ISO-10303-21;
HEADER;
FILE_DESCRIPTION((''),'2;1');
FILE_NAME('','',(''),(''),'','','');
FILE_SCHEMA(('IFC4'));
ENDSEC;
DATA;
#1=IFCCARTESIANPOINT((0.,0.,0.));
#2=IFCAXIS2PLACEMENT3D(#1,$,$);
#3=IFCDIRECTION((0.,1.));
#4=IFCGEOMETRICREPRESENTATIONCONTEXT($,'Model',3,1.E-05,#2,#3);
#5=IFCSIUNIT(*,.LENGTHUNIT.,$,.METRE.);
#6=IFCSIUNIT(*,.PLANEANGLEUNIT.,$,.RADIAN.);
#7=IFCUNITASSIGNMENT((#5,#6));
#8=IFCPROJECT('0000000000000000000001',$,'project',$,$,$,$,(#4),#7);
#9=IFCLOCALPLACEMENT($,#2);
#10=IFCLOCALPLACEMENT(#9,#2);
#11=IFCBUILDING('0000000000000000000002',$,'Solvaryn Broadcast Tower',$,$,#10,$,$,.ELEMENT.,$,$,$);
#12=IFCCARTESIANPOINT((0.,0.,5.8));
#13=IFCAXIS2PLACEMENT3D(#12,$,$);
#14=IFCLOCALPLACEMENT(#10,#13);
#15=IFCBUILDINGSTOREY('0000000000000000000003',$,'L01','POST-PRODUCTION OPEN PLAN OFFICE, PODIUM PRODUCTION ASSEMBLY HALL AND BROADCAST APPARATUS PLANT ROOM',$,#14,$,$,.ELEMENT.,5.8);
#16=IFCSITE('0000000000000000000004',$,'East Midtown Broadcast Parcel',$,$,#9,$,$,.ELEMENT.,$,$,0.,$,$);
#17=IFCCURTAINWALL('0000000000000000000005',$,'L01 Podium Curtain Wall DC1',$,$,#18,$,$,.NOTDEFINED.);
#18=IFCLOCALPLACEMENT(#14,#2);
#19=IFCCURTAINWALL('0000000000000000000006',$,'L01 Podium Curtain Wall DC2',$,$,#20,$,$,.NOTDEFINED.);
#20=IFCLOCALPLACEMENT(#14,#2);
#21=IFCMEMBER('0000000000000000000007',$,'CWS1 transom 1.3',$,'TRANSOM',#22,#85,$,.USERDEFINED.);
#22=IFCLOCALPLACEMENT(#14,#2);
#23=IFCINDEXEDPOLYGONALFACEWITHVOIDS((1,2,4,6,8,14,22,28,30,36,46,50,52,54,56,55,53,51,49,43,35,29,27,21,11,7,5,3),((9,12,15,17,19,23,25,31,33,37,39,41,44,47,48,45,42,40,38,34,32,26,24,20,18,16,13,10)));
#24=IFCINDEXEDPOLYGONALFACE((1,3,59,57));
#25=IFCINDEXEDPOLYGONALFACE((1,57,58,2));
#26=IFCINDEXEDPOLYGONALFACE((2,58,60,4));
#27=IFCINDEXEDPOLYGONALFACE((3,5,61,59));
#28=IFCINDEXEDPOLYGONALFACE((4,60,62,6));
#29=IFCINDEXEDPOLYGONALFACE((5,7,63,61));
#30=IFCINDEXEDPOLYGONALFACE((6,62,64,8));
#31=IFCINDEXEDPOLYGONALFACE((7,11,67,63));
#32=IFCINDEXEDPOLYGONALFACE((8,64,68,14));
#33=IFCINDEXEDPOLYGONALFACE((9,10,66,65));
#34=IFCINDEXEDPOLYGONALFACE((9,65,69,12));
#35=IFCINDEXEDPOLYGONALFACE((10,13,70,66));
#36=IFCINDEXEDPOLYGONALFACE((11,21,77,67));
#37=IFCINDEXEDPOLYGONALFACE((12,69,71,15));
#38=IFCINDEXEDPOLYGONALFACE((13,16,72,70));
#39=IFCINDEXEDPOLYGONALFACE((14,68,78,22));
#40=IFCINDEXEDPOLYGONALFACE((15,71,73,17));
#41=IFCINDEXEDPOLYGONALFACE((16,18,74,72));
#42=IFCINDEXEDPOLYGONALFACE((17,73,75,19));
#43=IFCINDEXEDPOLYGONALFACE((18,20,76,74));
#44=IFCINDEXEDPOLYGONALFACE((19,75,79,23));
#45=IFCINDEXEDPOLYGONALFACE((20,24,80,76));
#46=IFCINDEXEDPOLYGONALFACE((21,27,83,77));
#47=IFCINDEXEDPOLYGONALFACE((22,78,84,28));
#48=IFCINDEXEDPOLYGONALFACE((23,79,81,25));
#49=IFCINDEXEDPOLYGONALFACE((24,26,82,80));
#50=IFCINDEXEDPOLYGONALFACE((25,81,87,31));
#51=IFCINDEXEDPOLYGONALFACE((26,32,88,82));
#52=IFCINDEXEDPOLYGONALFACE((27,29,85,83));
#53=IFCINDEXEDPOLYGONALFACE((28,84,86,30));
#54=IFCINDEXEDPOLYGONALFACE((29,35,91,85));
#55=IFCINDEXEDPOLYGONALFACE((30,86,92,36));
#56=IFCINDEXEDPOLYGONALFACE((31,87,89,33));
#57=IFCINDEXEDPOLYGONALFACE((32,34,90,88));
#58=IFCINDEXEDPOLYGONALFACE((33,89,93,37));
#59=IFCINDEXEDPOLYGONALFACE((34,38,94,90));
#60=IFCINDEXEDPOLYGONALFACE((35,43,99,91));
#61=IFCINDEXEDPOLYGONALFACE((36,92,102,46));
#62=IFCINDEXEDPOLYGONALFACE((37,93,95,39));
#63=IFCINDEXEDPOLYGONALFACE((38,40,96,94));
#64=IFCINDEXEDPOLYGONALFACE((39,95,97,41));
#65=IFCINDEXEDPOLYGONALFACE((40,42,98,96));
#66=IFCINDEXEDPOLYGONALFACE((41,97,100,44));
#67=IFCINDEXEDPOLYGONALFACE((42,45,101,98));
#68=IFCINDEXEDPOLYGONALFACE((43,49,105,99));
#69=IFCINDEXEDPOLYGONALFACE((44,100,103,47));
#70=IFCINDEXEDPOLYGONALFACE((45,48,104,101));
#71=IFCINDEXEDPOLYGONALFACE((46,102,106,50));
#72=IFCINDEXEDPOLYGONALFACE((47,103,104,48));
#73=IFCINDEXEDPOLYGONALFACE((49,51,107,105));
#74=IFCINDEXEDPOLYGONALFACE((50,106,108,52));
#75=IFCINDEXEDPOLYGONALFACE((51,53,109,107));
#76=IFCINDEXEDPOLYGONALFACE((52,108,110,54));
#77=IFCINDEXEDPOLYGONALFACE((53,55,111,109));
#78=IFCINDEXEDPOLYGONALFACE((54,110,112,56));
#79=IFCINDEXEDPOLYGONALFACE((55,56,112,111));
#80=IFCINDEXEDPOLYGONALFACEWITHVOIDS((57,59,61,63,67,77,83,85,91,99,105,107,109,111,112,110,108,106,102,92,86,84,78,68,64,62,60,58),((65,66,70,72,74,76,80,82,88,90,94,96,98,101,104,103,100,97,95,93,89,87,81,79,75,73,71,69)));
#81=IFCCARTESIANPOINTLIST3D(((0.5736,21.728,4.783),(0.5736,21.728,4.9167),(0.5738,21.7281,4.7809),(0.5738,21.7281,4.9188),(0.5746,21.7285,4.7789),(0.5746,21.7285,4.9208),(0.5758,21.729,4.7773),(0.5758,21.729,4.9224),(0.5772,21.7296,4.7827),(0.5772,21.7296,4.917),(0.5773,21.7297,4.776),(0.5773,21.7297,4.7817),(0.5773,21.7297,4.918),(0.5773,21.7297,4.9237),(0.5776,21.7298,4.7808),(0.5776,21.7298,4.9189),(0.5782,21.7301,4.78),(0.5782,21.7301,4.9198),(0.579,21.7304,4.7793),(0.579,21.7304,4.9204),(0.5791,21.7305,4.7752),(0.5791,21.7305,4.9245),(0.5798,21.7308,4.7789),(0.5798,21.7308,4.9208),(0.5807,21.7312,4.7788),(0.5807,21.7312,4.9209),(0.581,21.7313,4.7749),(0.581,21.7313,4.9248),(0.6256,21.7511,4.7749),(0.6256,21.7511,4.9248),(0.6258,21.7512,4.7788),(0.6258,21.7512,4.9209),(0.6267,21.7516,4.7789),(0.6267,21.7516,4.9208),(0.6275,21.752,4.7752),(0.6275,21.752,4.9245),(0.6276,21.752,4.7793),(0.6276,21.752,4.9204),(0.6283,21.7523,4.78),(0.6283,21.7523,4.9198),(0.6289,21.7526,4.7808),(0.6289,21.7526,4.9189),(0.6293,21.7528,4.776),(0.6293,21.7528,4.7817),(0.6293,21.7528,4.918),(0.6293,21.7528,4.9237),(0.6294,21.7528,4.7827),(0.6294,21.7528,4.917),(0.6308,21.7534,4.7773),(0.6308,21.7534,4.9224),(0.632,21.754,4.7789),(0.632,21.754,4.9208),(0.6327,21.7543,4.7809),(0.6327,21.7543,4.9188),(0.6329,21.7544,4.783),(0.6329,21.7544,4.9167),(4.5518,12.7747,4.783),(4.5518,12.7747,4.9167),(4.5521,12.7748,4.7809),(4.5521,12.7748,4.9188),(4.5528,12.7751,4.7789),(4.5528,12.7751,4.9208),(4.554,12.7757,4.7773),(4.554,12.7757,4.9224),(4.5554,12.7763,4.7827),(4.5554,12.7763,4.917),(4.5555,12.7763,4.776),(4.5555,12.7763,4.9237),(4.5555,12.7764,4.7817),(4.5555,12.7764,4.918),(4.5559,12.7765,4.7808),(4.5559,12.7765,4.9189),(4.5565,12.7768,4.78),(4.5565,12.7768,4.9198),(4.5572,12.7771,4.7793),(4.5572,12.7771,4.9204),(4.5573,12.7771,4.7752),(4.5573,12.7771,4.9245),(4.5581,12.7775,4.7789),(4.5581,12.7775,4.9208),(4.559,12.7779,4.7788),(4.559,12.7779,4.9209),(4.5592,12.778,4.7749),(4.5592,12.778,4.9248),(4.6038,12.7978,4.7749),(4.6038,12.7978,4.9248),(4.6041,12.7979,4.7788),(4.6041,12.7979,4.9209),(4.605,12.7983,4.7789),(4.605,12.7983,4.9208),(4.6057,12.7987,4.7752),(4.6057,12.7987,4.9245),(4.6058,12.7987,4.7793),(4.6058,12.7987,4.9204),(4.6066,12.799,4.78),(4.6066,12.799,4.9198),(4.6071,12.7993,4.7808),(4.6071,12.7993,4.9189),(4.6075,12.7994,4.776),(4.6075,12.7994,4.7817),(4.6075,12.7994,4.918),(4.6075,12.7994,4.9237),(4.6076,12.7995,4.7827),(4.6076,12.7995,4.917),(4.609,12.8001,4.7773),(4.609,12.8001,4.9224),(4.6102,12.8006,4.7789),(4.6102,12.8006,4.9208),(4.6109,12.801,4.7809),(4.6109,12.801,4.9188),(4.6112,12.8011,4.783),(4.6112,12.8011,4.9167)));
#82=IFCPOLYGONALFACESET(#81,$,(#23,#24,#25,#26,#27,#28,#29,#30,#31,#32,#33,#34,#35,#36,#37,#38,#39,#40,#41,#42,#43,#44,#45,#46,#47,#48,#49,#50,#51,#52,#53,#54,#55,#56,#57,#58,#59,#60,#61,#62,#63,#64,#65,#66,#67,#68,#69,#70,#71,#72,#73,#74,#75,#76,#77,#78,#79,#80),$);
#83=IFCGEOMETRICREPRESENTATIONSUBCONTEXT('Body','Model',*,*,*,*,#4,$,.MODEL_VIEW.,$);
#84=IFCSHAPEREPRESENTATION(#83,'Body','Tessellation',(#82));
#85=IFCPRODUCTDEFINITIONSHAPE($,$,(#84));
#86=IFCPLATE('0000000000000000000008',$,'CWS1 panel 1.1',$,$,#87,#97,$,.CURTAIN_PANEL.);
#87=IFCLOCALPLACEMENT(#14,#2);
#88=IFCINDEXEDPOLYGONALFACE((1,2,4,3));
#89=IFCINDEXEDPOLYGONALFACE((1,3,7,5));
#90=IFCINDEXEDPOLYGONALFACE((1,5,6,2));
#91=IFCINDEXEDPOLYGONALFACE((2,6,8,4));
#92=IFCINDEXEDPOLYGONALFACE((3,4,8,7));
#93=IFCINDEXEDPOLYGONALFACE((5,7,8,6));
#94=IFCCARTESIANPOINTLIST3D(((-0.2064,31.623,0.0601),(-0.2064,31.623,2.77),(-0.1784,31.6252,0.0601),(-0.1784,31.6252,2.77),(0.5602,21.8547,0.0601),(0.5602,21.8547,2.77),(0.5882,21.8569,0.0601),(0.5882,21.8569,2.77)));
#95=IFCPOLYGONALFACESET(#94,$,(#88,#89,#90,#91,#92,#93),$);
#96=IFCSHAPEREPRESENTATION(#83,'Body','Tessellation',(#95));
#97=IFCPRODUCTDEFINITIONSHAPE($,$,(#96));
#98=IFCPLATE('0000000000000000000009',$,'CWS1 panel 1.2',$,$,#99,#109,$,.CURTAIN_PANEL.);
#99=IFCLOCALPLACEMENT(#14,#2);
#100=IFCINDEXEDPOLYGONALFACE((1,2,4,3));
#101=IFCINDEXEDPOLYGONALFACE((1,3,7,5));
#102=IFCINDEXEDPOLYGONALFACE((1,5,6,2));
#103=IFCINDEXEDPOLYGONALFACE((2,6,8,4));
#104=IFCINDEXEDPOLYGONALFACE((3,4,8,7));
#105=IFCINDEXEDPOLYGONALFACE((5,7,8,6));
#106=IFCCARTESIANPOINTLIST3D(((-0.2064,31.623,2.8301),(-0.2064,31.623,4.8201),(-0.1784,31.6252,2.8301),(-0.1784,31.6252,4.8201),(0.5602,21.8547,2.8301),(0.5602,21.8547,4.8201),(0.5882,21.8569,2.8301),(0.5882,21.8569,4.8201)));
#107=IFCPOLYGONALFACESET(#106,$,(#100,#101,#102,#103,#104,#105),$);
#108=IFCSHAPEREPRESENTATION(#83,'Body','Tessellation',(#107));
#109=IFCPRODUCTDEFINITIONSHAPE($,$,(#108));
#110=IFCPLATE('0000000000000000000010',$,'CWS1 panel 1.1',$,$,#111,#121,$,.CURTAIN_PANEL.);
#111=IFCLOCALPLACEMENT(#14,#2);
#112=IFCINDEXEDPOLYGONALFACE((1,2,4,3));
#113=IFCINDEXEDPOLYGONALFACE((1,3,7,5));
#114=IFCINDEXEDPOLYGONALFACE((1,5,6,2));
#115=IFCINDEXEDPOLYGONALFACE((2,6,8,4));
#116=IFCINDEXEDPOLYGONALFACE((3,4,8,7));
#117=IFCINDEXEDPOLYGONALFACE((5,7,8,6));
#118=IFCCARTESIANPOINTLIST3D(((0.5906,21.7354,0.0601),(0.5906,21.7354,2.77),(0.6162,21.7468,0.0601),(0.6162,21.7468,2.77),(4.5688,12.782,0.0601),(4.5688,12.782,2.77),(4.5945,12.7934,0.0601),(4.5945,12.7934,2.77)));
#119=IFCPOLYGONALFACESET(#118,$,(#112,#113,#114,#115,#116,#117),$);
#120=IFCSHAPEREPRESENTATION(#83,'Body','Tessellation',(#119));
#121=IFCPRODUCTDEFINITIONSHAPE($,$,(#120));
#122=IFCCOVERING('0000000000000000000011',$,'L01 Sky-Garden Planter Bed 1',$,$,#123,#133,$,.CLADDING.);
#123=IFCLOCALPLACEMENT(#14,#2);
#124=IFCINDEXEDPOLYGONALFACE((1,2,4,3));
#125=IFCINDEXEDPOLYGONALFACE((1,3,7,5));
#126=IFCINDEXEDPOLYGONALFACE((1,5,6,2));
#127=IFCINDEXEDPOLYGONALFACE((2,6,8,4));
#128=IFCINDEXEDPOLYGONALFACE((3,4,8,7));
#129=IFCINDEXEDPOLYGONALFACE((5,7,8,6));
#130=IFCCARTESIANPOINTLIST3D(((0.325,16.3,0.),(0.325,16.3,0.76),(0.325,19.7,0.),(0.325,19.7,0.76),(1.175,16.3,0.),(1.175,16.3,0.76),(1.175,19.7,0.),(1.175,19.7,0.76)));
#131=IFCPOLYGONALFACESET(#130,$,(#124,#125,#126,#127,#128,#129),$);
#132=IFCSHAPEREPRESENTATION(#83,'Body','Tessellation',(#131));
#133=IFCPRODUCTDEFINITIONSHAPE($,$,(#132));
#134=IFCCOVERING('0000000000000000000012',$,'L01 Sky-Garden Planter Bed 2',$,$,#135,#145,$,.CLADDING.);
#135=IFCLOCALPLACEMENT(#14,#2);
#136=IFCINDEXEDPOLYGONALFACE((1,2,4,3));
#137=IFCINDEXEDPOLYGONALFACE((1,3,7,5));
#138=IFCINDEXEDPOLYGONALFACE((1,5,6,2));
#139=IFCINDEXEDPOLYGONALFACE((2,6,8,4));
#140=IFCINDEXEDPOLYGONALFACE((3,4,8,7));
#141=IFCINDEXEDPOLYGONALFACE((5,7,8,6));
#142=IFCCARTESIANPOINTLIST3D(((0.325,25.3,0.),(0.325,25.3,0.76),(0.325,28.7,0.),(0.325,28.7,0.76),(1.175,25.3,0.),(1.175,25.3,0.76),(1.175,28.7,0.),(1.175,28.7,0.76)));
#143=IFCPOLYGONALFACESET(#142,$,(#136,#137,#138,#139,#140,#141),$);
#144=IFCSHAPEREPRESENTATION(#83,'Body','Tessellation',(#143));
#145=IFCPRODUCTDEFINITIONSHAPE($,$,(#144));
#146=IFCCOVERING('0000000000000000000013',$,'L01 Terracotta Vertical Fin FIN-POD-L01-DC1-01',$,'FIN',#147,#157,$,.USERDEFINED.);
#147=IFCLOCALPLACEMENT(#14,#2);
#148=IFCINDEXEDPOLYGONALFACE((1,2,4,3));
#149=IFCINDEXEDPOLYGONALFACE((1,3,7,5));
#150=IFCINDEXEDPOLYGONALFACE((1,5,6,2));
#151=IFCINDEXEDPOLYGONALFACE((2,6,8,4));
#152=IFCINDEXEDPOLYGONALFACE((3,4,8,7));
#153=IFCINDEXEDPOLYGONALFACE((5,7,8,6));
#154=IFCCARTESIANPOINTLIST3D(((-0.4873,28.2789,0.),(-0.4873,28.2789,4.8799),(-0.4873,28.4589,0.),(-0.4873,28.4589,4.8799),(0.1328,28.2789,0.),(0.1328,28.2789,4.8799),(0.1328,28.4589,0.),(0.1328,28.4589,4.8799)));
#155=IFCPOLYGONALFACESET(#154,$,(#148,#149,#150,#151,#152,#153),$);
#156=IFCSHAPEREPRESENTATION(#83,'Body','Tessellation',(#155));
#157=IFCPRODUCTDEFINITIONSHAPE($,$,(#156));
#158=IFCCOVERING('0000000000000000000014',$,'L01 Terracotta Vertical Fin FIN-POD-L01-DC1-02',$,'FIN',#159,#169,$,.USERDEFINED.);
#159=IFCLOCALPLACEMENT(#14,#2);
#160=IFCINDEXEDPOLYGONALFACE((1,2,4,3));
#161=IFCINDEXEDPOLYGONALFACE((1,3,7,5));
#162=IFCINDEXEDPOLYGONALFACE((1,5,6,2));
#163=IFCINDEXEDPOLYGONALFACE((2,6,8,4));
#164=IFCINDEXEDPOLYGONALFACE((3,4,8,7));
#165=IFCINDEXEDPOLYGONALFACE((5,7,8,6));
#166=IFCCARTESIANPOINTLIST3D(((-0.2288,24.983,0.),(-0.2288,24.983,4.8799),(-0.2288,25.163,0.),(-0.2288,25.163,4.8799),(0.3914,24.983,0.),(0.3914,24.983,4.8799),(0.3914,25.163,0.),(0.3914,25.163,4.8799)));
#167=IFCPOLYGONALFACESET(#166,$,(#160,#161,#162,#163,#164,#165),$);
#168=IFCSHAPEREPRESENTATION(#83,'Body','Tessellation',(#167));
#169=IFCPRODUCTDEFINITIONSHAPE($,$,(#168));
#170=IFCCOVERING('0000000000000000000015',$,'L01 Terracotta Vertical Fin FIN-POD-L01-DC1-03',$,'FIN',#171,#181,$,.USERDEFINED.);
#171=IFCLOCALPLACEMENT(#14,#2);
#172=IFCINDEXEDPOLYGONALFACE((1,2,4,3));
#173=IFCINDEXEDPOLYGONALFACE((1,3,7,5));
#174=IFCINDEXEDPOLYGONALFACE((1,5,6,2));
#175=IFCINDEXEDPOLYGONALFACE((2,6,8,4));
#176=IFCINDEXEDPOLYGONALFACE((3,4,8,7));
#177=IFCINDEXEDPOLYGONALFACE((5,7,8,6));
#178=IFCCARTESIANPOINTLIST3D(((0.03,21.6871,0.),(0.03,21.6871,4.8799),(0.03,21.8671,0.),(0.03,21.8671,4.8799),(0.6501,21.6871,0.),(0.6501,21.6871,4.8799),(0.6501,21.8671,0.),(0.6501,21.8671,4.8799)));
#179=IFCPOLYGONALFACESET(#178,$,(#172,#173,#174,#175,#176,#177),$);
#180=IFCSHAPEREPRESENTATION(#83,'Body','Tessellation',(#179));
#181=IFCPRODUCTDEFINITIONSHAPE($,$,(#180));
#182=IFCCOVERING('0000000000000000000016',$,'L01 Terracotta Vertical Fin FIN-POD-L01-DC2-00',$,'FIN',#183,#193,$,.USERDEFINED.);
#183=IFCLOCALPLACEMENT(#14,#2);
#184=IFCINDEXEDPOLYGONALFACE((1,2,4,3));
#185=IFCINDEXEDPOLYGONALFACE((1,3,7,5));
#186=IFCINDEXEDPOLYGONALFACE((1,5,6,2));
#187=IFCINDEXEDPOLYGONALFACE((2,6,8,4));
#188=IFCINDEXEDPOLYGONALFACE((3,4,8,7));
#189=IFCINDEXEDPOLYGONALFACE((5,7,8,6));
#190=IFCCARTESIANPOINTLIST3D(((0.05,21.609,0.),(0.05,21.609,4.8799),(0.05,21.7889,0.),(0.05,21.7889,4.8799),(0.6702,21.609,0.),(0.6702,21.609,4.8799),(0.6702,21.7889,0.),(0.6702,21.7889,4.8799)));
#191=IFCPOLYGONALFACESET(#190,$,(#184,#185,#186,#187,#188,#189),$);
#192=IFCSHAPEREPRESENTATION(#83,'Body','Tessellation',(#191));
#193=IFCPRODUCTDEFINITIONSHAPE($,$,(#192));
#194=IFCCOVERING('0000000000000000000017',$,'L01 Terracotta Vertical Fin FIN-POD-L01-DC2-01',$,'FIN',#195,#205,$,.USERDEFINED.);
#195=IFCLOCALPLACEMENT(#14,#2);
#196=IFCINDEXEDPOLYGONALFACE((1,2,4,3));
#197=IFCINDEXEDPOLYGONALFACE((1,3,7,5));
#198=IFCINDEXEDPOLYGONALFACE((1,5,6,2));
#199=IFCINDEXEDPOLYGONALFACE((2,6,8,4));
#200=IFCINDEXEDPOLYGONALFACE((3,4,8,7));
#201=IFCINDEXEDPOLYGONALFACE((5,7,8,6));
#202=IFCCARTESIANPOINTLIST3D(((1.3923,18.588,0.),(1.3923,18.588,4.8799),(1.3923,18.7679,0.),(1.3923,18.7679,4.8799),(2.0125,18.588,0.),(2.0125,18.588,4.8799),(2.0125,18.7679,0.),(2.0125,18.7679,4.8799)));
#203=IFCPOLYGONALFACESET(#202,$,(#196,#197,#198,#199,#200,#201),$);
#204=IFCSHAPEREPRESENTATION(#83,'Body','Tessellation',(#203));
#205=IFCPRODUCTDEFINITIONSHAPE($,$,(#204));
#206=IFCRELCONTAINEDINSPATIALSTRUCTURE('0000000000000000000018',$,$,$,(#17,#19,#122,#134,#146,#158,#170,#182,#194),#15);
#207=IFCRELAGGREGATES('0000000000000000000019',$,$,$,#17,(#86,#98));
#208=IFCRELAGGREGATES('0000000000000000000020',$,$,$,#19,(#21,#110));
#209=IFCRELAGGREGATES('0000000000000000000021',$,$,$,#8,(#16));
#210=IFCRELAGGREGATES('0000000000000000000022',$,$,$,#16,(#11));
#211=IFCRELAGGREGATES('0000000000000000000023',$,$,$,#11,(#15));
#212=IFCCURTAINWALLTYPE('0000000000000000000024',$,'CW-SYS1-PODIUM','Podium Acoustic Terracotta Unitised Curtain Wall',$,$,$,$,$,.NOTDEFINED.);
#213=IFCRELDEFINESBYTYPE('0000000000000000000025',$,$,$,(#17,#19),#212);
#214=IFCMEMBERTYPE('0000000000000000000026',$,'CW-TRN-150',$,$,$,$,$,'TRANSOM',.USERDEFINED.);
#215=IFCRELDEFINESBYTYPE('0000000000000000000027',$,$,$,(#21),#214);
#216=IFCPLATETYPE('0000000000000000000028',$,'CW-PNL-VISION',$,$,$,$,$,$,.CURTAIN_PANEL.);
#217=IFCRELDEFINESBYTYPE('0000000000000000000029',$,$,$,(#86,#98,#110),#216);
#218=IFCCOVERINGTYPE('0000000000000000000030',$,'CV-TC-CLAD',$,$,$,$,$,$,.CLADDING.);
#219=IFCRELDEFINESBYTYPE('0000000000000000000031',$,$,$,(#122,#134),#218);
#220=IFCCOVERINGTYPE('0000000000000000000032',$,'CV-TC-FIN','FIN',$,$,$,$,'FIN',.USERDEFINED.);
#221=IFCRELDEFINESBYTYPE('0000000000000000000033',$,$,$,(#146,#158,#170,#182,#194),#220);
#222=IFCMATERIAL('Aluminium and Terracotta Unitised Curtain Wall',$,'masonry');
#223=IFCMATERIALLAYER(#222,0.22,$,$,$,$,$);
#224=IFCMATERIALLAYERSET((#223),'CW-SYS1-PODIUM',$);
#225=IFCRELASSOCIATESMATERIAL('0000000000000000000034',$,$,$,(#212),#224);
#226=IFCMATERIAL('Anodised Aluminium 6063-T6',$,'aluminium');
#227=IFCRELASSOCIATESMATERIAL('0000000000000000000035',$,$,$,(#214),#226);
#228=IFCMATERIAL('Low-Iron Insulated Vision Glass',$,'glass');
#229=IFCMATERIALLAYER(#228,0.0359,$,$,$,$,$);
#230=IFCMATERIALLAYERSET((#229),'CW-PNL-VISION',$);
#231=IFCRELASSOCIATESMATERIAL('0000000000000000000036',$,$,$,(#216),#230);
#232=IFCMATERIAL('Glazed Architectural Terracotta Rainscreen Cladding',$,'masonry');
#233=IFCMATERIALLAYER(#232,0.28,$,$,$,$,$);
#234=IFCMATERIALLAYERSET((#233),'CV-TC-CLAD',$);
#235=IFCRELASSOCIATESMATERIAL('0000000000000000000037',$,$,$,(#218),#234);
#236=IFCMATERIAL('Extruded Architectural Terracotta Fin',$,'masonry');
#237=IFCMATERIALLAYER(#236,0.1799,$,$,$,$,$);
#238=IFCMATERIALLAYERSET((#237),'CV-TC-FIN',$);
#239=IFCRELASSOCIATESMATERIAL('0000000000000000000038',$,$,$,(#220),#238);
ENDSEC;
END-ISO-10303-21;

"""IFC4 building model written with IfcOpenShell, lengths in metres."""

from ifc_helpers import new_model, si_unit, direction, frame, origin, origin_2d, place, context, subcontext, project, spatial, rectangle, hollow_rectangle, extrude, material, layer, layer_set, material_profile, profile_set, type_object, element, aggregate, save


model = new_model("IFC4")

# Units and contexts
model_context = context("Model", 3, precision=1e-05, world=origin(), true_north=direction((0.0, 1.0)))
body_context = subcontext(model_context, "Body", "Model", "MODEL_VIEW")
ifc_project = project(units=[si_unit("LENGTHUNIT", "METRE"), si_unit("PLANEANGLEUNIT", "RADIAN")], contexts=[model_context])

# Site, building, storey
site_placement = place(None, origin())
site = spatial("IfcSite", under=ifc_project, at=site_placement, Name="East Midtown Broadcast Parcel", CompositionType="ELEMENT", RefElevation=0.0)
building_placement = place(site_placement, origin())
building = spatial("IfcBuilding", under=site, at=building_placement, Name="Solvaryn Broadcast Tower", CompositionType="ELEMENT")
storey_placement = place(building_placement, frame((0.0, 0.0, 5.8)))
storey = spatial("IfcBuildingStorey", under=building, at=storey_placement, Name="L01", Description="POST-PRODUCTION OPEN PLAN OFFICE, PODIUM PRODUCTION ASSEMBLY HALL AND BROADCAST APPARATUS PLANT ROOM", CompositionType="ELEMENT", Elevation=5.8)

# Curtain wall
ifc_material_1 = material(Name="Aluminium and Terracotta Unitised Curtain Wall", Category="masonry")
ifc_layer_1 = layer(ifc_material_1, 0.22)
ifc_layer_set_1 = layer_set([ifc_layer_1], Name="CW-SYS1-PODIUM")
curtain_wall_type = type_object("IfcCurtainWallType", Name="CW-SYS1-PODIUM", Description="Podium Acoustic Terracotta Unitised Curtain Wall", PredefinedType="NOTDEFINED", material=ifc_layer_set_1)
curtain_wall_1_placement = place(storey_placement, origin())
curtain_wall_1 = element("IfcCurtainWall", 1, at=curtain_wall_1_placement, inside=storey, type_object=curtain_wall_type, Name="L01 Podium Curtain Wall DC1", PredefinedType="NOTDEFINED")

# Curtain wall, member
curtain_wall_2_placement = place(storey_placement, origin())
curtain_wall_2 = element("IfcCurtainWall", 2, at=curtain_wall_2_placement, inside=storey, type_object=curtain_wall_type, Name="L01 Podium Curtain Wall DC2", PredefinedType="NOTDEFINED")
ifc_material_2 = material(Name="Anodised Aluminium 6063-T6", Category="aluminium")
ifc_material_profile_1 = material_profile(ifc_material_2, hollow_rectangle(XDim=0.0649, YDim=0.1499, WallThickness=0.0039, InnerFilletRadius=0.0039, OuterFilletRadius=0.0081, at=origin_2d()))
ifc_profile_set_1 = profile_set([ifc_material_profile_1], Name="Anodised Aluminium 6063-T6")
member_type_1 = type_object("IfcMemberType", Name="CW-TRN-150", ElementType="TRANSOM", PredefinedType="USERDEFINED", material=ifc_profile_set_1)
member_1_placement = place(storey_placement, frame((0.6033, 21.7412, 4.8499), z_axis=(0.406053, -0.91385, 0.0), x_axis=(0.91385, 0.406053, 0.0)))
member_1 = element("IfcMember", 3, at=member_1_placement, type_object=member_type_1, Name="CWS1 transom 1.3", ObjectType="TRANSOM", PredefinedType="USERDEFINED", context=body_context, shape_type="SweptSolid", body=[
    extrude(hollow_rectangle(XDim=0.0649, YDim=0.1499, WallThickness=0.0039, InnerFilletRadius=0.0039, OuterFilletRadius=0.0081, at=origin_2d()), origin(), (0.0, 0.0, 1.0), 9.7974),
])

# Plates
ifc_material_3 = material(Name="Low-Iron Insulated Vision Glass", Category="glass")
ifc_layer_2 = layer(ifc_material_3, 0.0359)
ifc_layer_set_2 = layer_set([ifc_layer_2], Name="CW-PNL-VISION")
plate_type = type_object("IfcPlateType", Name="CW-PNL-VISION", PredefinedType="CURTAIN_PANEL", material=ifc_layer_set_2)
plate_1_placement = place(storey_placement, frame((0.1909, 26.74, 0.0601), z_axis=(0.0, 0.0, 1.0), x_axis=(0.078238, -0.996935, 0.0)))
plate_1 = element("IfcPlate", 4, at=plate_1_placement, type_object=plate_type, Name="CWS1 panel 1.1", PredefinedType="CURTAIN_PANEL", context=body_context, shape_type="SweptSolid", body=[
    extrude(rectangle(XDim=9.7983, YDim=0.0281, at=origin_2d()), origin(), (0.0, 0.0, 1.0), 2.71),
])
plate_2_placement = place(storey_placement, frame((0.1909, 26.74, 2.8301), z_axis=(0.0, 0.0, 1.0), x_axis=(0.078238, -0.996935, 0.0)))
plate_2 = element("IfcPlate", 5, at=plate_2_placement, type_object=plate_type, Name="CWS1 panel 1.2", PredefinedType="CURTAIN_PANEL", context=body_context, shape_type="SweptSolid", body=[
    extrude(rectangle(XDim=9.7983, YDim=0.0281, at=origin_2d()), origin(), (0.0, 0.0, 1.0), 1.99),
])
aggregate(curtain_wall_1, [plate_1, plate_2])
plate_3_placement = place(storey_placement, frame((2.5925, 17.2644, 0.0601), z_axis=(0.0, 0.0, 1.0), x_axis=(0.406054, -0.913849, 0.0)))
plate_3 = element("IfcPlate", 6, at=plate_3_placement, type_object=plate_type, Name="CWS1 panel 1.1", PredefinedType="CURTAIN_PANEL", context=body_context, shape_type="SweptSolid", body=[
    extrude(rectangle(XDim=9.7974, YDim=0.0281, at=origin_2d()), origin(), (0.0, 0.0, 1.0), 2.71),
])
aggregate(curtain_wall_2, [member_1, plate_3])

# Coverings
ifc_material_4 = material(Name="Glazed Architectural Terracotta Rainscreen Cladding", Category="masonry")
ifc_layer_3 = layer(ifc_material_4, 0.28)
ifc_layer_set_3 = layer_set([ifc_layer_3], Name="CV-TC-CLAD")
covering_type_1 = type_object("IfcCoveringType", Name="CV-TC-CLAD", PredefinedType="CLADDING", material=ifc_layer_set_3)
for number, where, z_axis, x_axis, name in (
    (7, (0.75, 18.0, 0.0), (0.0, 0.0, 1.0), (1.0, 0.0, 0.0), "L01 Sky-Garden Planter Bed 1"),
    (8, (0.75, 27.0, 0.0), (0.0, 0.0, 1.0), (1.0, 0.0, 0.0), "L01 Sky-Garden Planter Bed 2"),
):
    element("IfcCovering", number, at=place(storey_placement, frame(where, z_axis=z_axis, x_axis=x_axis)), inside=storey, type_object=covering_type_1, Name=name, PredefinedType="CLADDING", context=body_context, shape_type="SweptSolid", body=[
        extrude(rectangle(XDim=0.8501, YDim=3.3999, at=origin_2d()), origin(), (0.0, 0.0, 1.0), 0.76),
    ])
ifc_material_5 = material(Name="Extruded Architectural Terracotta Fin", Category="masonry")
ifc_layer_4 = layer(ifc_material_5, 0.1799)
ifc_layer_set_4 = layer_set([ifc_layer_4], Name="CV-TC-FIN")
covering_type_2 = type_object("IfcCoveringType", Name="CV-TC-FIN", Description="FIN", ElementType="FIN", PredefinedType="USERDEFINED", material=ifc_layer_set_4)
for number, where, z_axis, x_axis, name in (
    (9, (-0.1772, 28.3689, 0.0), (0.0, 0.0, 1.0), (1.0, 0.0, 0.0), "L01 Terracotta Vertical Fin FIN-POD-L01-DC1-01"),
    (10, (0.0813, 25.073, 0.0), (0.0, 0.0, 1.0), (1.0, 0.0, 0.0), "L01 Terracotta Vertical Fin FIN-POD-L01-DC1-02"),
    (11, (0.3401, 21.7771, 0.0), (0.0, 0.0, 1.0), (1.0, 0.0, 0.0), "L01 Terracotta Vertical Fin FIN-POD-L01-DC1-03"),
    (12, (0.3601, 21.699, 0.0), (0.0, 0.0, 1.0), (1.0, 0.0, 0.0), "L01 Terracotta Vertical Fin FIN-POD-L01-DC2-00"),
    (13, (1.7024, 18.678, 0.0), (0.0, 0.0, 1.0), (1.0, 0.0, 0.0), "L01 Terracotta Vertical Fin FIN-POD-L01-DC2-01"),
):
    element("IfcCovering", number, at=place(storey_placement, frame(where, z_axis=z_axis, x_axis=x_axis)), inside=storey, type_object=covering_type_2, Name=name, ObjectType="FIN", PredefinedType="USERDEFINED", context=body_context, shape_type="SweptSolid", body=[
        extrude(rectangle(XDim=0.6201, YDim=0.1799, at=origin_2d()), origin(), (0.0, 0.0, 1.0), 4.8799),
    ])

save(model, "model.ifc")
